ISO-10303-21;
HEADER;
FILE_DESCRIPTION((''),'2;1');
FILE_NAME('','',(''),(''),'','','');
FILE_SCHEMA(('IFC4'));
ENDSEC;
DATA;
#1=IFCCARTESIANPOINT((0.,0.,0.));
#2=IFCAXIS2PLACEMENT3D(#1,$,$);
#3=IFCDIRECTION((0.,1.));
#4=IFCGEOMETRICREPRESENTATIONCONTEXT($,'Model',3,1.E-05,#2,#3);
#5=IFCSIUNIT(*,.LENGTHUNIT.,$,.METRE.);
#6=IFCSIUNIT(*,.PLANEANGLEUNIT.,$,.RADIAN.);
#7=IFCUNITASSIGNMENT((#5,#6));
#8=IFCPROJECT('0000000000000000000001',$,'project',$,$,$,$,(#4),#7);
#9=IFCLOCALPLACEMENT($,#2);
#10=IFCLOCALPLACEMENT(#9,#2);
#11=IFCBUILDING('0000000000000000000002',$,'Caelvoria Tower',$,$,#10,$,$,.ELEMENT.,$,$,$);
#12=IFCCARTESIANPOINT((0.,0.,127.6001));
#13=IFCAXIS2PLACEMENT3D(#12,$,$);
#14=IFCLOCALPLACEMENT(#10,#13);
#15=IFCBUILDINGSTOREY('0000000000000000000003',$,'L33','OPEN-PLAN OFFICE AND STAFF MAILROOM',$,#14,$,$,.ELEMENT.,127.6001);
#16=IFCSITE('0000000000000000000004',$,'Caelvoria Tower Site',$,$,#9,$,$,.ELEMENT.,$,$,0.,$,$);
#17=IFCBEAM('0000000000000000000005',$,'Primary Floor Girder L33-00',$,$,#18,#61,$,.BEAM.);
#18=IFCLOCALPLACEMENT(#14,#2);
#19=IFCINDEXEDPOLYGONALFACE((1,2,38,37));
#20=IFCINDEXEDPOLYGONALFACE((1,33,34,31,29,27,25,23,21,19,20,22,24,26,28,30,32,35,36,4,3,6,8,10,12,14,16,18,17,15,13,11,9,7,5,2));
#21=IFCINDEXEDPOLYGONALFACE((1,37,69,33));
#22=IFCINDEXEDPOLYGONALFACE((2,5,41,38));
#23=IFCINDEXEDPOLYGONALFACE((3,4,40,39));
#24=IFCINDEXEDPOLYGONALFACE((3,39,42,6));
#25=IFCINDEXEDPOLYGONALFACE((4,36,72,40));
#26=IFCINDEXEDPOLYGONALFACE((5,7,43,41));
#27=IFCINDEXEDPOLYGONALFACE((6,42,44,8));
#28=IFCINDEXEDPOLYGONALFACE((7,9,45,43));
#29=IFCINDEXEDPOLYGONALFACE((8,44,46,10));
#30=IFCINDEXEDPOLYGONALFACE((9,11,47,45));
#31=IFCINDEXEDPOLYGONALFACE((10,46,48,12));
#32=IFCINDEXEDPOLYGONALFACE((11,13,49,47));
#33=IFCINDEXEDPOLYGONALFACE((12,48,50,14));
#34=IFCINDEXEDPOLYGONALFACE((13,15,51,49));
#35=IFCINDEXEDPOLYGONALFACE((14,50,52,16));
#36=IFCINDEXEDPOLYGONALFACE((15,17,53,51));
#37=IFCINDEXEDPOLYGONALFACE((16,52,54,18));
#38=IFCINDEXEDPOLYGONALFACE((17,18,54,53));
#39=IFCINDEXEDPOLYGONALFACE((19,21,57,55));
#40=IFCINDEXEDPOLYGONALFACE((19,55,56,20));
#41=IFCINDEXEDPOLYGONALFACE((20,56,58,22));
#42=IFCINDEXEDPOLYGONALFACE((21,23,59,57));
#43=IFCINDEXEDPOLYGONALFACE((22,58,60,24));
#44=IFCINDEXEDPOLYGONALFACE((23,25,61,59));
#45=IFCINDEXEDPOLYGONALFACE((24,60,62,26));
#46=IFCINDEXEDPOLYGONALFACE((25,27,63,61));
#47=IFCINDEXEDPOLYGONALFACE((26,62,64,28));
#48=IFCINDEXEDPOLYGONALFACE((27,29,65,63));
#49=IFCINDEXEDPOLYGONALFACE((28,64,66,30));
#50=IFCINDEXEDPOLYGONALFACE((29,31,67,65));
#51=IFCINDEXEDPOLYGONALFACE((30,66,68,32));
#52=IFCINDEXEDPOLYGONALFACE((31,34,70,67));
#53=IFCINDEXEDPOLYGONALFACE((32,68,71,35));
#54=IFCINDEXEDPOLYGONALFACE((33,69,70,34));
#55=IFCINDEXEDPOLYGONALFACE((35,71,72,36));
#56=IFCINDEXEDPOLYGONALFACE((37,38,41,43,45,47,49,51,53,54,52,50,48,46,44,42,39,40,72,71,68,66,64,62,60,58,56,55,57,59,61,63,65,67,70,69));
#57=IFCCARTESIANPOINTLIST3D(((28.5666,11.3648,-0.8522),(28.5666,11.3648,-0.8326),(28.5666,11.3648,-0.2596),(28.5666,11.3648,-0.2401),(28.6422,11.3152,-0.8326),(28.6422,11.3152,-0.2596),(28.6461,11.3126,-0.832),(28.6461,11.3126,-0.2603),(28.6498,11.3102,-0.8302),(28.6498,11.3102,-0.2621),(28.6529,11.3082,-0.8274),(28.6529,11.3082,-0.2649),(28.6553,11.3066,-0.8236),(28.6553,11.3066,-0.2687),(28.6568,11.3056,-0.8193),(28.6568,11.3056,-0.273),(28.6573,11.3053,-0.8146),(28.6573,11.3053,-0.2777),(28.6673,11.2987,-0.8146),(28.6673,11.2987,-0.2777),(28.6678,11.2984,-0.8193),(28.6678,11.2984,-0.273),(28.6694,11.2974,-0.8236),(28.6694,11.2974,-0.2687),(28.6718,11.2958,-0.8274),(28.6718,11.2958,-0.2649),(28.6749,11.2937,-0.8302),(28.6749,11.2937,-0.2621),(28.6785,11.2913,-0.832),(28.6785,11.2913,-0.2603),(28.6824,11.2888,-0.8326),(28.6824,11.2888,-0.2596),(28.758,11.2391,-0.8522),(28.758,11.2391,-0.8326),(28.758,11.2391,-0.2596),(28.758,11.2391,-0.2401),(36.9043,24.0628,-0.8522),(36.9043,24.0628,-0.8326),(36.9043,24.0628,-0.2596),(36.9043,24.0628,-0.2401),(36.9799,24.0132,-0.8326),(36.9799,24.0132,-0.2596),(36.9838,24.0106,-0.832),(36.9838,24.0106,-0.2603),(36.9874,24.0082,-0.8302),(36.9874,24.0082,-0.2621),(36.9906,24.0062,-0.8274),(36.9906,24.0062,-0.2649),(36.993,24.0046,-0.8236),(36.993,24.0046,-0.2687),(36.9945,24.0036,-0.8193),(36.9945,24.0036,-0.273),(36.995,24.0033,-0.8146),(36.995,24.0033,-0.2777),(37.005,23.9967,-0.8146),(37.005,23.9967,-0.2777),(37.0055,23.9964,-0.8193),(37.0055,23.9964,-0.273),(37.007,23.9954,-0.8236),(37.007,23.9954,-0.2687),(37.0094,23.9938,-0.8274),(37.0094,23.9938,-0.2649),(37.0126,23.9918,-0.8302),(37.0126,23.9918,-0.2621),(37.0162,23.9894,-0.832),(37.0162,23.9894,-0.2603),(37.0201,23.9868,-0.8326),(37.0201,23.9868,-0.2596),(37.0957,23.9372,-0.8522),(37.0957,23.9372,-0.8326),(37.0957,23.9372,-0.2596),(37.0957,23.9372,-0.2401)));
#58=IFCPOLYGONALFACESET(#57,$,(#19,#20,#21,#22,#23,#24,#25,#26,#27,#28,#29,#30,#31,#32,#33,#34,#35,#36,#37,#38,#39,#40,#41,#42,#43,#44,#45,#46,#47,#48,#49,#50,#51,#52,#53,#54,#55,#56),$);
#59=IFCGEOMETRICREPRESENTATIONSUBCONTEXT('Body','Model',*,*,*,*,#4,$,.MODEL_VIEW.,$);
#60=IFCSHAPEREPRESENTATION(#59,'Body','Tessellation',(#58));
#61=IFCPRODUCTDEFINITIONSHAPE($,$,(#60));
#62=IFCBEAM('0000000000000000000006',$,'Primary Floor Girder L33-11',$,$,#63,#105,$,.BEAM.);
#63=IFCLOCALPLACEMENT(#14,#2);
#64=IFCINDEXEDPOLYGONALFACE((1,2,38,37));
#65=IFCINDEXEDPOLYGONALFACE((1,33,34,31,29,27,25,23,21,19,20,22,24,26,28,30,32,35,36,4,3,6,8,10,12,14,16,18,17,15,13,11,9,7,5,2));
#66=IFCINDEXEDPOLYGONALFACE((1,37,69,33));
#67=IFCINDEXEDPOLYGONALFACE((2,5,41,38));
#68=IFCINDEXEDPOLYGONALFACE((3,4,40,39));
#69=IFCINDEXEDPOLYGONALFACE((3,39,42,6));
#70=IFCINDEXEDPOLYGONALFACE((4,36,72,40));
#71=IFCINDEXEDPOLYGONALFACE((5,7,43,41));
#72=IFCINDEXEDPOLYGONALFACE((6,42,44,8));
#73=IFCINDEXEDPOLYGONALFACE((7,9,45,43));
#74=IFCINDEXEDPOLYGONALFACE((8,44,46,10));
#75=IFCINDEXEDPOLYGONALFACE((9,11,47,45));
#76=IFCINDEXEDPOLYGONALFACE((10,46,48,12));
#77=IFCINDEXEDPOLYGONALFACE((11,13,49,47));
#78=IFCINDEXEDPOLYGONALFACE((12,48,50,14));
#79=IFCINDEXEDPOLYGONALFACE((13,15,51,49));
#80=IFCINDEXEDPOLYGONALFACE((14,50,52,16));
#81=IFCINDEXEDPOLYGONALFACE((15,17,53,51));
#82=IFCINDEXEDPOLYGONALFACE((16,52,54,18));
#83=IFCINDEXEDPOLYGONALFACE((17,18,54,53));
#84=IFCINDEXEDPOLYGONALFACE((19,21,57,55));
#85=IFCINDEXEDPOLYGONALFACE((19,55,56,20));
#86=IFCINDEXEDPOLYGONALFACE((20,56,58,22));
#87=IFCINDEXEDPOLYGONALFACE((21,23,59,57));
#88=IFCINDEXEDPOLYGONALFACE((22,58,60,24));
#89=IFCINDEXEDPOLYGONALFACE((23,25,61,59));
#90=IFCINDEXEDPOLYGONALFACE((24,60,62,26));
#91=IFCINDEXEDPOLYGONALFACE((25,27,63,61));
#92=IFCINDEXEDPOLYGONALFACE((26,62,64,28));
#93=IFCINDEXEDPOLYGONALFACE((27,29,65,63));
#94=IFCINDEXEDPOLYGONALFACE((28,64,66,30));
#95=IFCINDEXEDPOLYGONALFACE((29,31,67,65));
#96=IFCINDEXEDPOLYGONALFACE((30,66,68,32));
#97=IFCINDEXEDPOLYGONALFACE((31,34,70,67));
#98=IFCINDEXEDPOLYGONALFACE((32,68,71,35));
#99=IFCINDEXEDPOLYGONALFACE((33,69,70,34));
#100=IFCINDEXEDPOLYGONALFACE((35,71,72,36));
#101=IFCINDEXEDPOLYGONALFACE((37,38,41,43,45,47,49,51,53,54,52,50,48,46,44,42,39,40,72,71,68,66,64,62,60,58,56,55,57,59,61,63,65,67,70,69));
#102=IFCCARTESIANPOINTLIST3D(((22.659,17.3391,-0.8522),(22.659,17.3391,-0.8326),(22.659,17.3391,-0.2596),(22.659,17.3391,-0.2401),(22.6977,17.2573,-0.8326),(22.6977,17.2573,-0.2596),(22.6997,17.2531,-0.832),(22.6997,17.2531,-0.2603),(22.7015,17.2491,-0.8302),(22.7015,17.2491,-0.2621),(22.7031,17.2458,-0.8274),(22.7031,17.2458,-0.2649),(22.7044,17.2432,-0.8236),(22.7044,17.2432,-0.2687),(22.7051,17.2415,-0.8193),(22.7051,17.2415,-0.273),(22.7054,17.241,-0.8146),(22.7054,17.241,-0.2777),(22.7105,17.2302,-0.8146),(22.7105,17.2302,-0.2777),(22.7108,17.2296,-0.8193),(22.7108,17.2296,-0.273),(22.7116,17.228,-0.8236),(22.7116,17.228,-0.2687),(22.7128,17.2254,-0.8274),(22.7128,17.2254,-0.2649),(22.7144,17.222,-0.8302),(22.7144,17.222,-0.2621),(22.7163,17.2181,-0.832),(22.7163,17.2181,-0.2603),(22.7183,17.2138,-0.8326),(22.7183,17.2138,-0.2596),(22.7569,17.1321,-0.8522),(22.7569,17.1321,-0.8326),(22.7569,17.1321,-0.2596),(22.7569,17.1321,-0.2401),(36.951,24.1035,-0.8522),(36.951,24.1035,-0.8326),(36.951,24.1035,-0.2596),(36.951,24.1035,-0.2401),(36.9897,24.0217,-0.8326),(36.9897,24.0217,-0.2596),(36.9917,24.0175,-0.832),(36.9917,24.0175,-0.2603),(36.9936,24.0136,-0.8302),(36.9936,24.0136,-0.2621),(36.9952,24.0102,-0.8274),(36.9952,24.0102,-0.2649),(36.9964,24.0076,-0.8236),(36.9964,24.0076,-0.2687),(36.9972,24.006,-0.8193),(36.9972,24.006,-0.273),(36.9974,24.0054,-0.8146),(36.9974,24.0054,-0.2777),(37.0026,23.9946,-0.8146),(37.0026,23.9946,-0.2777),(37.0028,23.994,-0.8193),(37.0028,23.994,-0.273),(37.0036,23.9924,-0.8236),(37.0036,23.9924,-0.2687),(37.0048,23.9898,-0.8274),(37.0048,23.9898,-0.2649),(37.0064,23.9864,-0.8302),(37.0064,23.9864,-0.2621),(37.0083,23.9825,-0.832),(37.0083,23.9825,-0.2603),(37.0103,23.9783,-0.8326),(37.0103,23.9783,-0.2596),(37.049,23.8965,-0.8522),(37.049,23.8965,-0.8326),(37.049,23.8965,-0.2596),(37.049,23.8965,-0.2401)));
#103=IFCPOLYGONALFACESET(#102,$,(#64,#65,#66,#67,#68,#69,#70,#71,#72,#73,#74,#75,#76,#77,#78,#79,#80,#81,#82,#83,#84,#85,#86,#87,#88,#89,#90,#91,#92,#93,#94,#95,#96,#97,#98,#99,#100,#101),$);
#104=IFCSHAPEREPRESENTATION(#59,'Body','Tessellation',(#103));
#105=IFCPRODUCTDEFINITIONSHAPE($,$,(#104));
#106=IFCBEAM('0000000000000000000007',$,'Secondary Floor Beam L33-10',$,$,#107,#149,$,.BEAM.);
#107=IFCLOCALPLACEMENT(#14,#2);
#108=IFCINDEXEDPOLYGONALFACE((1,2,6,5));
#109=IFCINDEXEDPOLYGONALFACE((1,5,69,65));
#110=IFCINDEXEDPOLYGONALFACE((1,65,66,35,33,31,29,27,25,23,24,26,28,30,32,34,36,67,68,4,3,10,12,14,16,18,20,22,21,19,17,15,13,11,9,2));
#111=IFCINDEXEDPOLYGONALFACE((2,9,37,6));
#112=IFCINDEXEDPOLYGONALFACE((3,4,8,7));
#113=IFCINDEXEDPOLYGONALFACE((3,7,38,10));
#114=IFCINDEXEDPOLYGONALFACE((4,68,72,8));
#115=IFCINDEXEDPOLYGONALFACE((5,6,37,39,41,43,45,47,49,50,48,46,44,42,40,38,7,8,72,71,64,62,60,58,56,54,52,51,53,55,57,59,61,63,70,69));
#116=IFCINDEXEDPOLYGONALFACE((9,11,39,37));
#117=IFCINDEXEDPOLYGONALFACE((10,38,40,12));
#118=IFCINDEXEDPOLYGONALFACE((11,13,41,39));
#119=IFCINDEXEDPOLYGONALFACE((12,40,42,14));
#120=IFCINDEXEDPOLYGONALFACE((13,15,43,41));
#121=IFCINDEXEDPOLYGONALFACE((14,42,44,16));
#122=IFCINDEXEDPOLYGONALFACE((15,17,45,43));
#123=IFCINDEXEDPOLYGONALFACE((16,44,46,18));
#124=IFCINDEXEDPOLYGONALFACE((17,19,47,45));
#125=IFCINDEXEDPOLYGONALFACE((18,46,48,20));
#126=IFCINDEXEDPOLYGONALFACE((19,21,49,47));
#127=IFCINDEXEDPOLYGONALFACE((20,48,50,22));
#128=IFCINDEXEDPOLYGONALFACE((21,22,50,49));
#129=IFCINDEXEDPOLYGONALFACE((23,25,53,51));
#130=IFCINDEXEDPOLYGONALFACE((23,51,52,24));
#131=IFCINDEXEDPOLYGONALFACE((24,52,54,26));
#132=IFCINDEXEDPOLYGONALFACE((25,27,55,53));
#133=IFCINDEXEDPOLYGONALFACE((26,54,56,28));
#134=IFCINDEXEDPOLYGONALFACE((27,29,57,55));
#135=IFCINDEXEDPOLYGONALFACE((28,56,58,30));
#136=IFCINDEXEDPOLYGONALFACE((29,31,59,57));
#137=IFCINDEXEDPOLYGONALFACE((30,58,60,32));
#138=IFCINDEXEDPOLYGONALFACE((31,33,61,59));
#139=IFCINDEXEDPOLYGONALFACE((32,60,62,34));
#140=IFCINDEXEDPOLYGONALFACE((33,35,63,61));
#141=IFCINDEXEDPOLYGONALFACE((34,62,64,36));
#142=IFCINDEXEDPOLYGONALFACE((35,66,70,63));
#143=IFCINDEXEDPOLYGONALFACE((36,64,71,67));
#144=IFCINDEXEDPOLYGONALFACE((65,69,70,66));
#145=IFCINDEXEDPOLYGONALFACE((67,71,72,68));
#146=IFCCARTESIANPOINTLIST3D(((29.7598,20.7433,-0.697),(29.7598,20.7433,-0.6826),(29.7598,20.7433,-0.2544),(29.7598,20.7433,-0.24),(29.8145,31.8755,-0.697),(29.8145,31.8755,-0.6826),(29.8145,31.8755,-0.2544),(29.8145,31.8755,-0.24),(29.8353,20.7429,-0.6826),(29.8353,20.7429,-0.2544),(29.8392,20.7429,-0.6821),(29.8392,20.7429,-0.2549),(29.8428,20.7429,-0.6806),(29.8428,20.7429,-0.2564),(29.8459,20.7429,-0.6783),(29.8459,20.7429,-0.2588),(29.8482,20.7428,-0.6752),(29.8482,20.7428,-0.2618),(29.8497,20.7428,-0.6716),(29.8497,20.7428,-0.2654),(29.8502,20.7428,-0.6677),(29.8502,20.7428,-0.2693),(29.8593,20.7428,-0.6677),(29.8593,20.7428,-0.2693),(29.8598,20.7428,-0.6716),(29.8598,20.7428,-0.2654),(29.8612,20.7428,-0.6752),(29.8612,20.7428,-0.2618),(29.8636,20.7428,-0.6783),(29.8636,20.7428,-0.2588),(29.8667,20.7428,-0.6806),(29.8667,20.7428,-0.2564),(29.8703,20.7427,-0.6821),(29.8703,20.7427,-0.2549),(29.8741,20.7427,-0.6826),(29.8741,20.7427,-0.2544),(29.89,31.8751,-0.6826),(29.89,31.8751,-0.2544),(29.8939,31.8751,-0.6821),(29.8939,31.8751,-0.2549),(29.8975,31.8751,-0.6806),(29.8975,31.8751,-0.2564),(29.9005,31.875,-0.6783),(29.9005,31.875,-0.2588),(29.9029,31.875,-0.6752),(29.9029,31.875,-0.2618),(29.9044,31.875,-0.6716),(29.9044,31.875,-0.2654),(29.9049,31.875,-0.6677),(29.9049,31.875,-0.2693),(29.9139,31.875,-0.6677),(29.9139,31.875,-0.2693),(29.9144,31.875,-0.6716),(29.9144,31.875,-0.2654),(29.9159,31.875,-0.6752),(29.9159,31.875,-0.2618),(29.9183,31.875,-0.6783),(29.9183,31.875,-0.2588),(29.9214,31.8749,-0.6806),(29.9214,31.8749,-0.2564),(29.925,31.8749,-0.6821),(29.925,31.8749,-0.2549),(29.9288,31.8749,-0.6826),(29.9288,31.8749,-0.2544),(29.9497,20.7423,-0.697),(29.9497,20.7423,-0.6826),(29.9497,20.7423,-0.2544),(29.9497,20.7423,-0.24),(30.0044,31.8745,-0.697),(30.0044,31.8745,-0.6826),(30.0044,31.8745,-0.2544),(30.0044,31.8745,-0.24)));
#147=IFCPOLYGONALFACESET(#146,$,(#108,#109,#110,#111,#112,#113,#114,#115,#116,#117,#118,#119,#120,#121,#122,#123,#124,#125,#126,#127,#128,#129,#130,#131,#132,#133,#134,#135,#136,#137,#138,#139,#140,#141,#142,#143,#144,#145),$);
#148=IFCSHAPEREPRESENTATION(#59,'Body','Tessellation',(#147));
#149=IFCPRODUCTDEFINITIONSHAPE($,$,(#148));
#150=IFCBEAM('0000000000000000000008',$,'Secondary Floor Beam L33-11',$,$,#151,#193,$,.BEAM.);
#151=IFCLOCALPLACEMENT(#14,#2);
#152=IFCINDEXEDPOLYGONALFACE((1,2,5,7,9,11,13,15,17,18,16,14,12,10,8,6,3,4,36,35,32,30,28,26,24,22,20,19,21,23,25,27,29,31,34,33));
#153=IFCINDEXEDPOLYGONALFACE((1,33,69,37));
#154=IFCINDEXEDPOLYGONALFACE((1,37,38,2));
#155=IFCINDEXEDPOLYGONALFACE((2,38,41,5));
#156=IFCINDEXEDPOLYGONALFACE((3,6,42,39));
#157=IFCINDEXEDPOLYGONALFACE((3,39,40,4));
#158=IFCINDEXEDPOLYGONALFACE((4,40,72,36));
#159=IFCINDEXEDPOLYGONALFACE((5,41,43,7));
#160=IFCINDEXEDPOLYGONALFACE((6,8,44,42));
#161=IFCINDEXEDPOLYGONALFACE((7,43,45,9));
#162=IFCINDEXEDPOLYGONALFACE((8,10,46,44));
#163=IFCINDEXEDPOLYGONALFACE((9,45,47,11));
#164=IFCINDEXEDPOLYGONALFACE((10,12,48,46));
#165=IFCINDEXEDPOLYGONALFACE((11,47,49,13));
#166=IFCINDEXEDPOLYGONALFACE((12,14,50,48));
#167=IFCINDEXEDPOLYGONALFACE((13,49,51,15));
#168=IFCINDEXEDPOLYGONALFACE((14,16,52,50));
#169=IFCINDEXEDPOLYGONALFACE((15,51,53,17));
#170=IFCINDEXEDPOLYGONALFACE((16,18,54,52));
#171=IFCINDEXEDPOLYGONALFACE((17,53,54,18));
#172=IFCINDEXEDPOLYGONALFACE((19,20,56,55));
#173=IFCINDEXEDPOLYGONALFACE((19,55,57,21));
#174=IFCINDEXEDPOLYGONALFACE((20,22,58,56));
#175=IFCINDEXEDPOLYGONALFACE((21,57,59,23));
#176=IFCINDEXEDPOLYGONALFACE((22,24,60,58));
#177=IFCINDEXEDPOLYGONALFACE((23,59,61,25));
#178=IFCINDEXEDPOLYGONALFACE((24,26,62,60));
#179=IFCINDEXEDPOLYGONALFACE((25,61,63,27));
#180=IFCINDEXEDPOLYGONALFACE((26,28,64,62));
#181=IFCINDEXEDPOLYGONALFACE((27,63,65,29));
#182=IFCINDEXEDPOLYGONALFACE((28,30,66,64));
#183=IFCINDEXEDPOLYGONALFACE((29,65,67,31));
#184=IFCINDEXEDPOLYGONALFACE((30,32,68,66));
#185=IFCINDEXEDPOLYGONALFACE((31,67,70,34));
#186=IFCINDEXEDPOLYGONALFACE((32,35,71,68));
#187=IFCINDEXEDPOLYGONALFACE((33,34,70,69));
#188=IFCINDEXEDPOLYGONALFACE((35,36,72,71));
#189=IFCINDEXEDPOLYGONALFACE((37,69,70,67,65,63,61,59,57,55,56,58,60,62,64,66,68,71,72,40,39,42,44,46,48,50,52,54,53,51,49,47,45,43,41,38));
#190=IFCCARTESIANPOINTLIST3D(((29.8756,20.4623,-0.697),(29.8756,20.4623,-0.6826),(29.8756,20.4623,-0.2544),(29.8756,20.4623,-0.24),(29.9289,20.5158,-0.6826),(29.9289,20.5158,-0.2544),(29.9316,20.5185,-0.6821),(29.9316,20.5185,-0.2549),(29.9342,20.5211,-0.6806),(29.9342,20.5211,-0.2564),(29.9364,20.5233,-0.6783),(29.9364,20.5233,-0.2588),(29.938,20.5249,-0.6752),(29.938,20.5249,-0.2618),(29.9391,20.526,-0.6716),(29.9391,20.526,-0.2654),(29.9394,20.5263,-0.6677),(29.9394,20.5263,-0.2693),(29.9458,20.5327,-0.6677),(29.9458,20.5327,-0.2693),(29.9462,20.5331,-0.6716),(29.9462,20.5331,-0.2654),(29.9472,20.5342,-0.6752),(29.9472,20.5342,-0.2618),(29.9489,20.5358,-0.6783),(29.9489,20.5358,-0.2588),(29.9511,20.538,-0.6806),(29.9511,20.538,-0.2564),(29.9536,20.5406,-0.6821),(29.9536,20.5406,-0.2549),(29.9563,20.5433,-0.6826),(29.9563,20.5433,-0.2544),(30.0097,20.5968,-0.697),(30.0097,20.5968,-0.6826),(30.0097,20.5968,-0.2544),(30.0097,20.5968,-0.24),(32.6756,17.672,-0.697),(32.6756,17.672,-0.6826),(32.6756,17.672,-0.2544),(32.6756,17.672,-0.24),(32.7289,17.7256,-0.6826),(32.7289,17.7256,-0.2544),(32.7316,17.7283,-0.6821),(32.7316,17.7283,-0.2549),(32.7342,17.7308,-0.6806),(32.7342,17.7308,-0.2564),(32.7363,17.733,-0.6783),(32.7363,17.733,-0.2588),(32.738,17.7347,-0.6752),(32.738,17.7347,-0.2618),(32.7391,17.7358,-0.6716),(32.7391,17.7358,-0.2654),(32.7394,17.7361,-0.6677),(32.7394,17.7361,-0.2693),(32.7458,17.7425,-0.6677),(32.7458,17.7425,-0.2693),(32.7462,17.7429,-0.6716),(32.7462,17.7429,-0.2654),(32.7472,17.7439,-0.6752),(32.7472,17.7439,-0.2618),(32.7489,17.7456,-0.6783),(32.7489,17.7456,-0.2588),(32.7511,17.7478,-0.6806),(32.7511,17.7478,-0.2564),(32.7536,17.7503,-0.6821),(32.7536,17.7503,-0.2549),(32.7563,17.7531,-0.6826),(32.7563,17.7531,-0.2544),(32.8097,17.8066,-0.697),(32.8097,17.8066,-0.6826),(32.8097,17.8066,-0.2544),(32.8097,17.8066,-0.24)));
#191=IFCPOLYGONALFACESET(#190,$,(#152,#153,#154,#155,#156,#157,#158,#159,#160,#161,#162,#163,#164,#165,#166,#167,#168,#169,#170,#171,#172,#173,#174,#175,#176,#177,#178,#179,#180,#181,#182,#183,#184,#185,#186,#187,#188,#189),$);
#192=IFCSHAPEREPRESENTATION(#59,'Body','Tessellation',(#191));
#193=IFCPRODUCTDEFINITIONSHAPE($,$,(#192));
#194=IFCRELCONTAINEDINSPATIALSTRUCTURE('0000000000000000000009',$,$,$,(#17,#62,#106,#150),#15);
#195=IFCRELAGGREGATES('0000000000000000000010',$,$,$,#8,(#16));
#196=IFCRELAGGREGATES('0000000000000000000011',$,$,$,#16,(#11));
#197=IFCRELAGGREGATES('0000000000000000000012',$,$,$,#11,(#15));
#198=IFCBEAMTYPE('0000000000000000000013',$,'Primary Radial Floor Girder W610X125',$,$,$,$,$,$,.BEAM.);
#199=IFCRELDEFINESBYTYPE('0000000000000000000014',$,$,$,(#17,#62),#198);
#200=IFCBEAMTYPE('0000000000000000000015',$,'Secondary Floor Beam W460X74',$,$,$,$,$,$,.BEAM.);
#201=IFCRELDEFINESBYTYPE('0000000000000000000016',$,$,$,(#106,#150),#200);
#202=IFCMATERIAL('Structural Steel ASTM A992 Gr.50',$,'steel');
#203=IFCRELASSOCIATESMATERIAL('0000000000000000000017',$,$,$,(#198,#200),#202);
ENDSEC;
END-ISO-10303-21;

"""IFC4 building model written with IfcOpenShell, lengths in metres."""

from ifc_helpers import new_model, si_unit, direction, frame, origin, origin_2d, place, context, subcontext, project, spatial, i_section, extrude, material, material_profile, profile_set, type_object, element, save


model = new_model("IFC4")

# Units and contexts
model_context = context("Model", 3, precision=1e-05, world=origin(), true_north=direction((0.0, 1.0)))
body_context = subcontext(model_context, "Body", "Model", "MODEL_VIEW")
ifc_project = project(units=[si_unit("LENGTHUNIT", "METRE"), si_unit("PLANEANGLEUNIT", "RADIAN")], contexts=[model_context])

# Site, building, storey
site_placement = place(None, origin())
site = spatial("IfcSite", under=ifc_project, at=site_placement, Name="Caelvoria Tower Site", CompositionType="ELEMENT", RefElevation=0.0)
building_placement = place(site_placement, origin())
building = spatial("IfcBuilding", under=site, at=building_placement, Name="Caelvoria Tower", CompositionType="ELEMENT")
storey_placement = place(building_placement, frame((0.0, 0.0, 127.6001)))
storey = spatial("IfcBuildingStorey", under=building, at=storey_placement, Name="L33", Description="OPEN-PLAN OFFICE AND STAFF MAILROOM", CompositionType="ELEMENT", Elevation=127.6001)

# Beams
ifc_material_1 = material(Name="Structural Steel ASTM A992 Gr.50", Category="steel")
ifc_material_profile_1 = material_profile(ifc_material_1, i_section(OverallWidth=0.229, OverallDepth=0.6121, WebThickness=0.012, FlangeThickness=0.0195, FilletRadius=0.0181, at=origin_2d()), Name="Structural Steel ASTM A992 Gr.50")
ifc_profile_set_1 = profile_set([ifc_material_profile_1], Name="W610X125 - Structural Steel ASTM A992 Gr.50")
beam_type_1 = type_object("IfcBeamType", Name="Primary Radial Floor Girder W610X125", PredefinedType="BEAM", material=ifc_profile_set_1)
beam_1_placement = place(storey_placement, frame((37.0, 24.0, -0.5461), z_axis=(-0.548867, -0.835909, 0.0), x_axis=(0.835909, -0.548867, 0.0)))
element("IfcBeam", 1, at=beam_1_placement, inside=storey, type_object=beam_type_1, Name="Primary Floor Girder L33-00", PredefinedType="BEAM", context=body_context, shape_type="SweptSolid", body=[
    extrude(i_section(OverallWidth=0.229, OverallDepth=0.6121, WebThickness=0.012, FlangeThickness=0.0195, FilletRadius=0.0181, at=origin_2d()), origin(), (0.0, 0.0, 1.0), 15.1907),
])
beam_2_placement = place(storey_placement, frame((37.0, 24.0, -0.5461), z_axis=(-0.903872, -0.427803, 0.0), x_axis=(0.427803, -0.903872, 0.0)))
element("IfcBeam", 2, at=beam_2_placement, inside=storey, type_object=beam_type_1, Name="Primary Floor Girder L33-11", PredefinedType="BEAM", context=body_context, shape_type="SweptSolid", body=[
    extrude(i_section(OverallWidth=0.229, OverallDepth=0.6121, WebThickness=0.012, FlangeThickness=0.0195, FilletRadius=0.0181, at=origin_2d()), origin(), (0.0, 0.0, 1.0), 15.812),
])
ifc_material_profile_2 = material_profile(ifc_material_1, i_section(OverallWidth=0.1899, OverallDepth=0.457, WebThickness=0.009, FlangeThickness=0.0144, FilletRadius=0.0149, at=origin_2d()), Name="Structural Steel ASTM A992 Gr.50")
ifc_profile_set_2 = profile_set([ifc_material_profile_2], Name="W460X74 - Structural Steel ASTM A992 Gr.50")
beam_type_2 = type_object("IfcBeamType", Name="Secondary Floor Beam W460X74", PredefinedType="BEAM", material=ifc_profile_set_2)
beam_3_placement = place(storey_placement, frame((29.9094, 31.875, -0.4685), z_axis=(-0.004913, -0.999988, 0.0), x_axis=(0.999988, -0.004913, 0.0)))
element("IfcBeam", 3, at=beam_3_placement, inside=storey, type_object=beam_type_2, Name="Secondary Floor Beam L33-10", PredefinedType="BEAM", context=body_context, shape_type="SweptSolid", body=[
    extrude(i_section(OverallWidth=0.1899, OverallDepth=0.457, WebThickness=0.009, FlangeThickness=0.0144, FilletRadius=0.0149, at=origin_2d()), origin(), (0.0, 0.0, 1.0), 11.1323),
])
beam_4_placement = place(storey_placement, frame((29.9426, 20.5295, -0.4685), z_axis=(0.708341, -0.70587, 0.0), x_axis=(0.70587, 0.708341, 0.0)))
element("IfcBeam", 4, at=beam_4_placement, inside=storey, type_object=beam_type_2, Name="Secondary Floor Beam L33-11", PredefinedType="BEAM", context=body_context, shape_type="SweptSolid", body=[
    extrude(i_section(OverallWidth=0.1899, OverallDepth=0.457, WebThickness=0.009, FlangeThickness=0.0144, FilletRadius=0.0149, at=origin_2d()), origin(), (0.0, 0.0, 1.0), 3.9529),
])

save(model, "model.ifc")
